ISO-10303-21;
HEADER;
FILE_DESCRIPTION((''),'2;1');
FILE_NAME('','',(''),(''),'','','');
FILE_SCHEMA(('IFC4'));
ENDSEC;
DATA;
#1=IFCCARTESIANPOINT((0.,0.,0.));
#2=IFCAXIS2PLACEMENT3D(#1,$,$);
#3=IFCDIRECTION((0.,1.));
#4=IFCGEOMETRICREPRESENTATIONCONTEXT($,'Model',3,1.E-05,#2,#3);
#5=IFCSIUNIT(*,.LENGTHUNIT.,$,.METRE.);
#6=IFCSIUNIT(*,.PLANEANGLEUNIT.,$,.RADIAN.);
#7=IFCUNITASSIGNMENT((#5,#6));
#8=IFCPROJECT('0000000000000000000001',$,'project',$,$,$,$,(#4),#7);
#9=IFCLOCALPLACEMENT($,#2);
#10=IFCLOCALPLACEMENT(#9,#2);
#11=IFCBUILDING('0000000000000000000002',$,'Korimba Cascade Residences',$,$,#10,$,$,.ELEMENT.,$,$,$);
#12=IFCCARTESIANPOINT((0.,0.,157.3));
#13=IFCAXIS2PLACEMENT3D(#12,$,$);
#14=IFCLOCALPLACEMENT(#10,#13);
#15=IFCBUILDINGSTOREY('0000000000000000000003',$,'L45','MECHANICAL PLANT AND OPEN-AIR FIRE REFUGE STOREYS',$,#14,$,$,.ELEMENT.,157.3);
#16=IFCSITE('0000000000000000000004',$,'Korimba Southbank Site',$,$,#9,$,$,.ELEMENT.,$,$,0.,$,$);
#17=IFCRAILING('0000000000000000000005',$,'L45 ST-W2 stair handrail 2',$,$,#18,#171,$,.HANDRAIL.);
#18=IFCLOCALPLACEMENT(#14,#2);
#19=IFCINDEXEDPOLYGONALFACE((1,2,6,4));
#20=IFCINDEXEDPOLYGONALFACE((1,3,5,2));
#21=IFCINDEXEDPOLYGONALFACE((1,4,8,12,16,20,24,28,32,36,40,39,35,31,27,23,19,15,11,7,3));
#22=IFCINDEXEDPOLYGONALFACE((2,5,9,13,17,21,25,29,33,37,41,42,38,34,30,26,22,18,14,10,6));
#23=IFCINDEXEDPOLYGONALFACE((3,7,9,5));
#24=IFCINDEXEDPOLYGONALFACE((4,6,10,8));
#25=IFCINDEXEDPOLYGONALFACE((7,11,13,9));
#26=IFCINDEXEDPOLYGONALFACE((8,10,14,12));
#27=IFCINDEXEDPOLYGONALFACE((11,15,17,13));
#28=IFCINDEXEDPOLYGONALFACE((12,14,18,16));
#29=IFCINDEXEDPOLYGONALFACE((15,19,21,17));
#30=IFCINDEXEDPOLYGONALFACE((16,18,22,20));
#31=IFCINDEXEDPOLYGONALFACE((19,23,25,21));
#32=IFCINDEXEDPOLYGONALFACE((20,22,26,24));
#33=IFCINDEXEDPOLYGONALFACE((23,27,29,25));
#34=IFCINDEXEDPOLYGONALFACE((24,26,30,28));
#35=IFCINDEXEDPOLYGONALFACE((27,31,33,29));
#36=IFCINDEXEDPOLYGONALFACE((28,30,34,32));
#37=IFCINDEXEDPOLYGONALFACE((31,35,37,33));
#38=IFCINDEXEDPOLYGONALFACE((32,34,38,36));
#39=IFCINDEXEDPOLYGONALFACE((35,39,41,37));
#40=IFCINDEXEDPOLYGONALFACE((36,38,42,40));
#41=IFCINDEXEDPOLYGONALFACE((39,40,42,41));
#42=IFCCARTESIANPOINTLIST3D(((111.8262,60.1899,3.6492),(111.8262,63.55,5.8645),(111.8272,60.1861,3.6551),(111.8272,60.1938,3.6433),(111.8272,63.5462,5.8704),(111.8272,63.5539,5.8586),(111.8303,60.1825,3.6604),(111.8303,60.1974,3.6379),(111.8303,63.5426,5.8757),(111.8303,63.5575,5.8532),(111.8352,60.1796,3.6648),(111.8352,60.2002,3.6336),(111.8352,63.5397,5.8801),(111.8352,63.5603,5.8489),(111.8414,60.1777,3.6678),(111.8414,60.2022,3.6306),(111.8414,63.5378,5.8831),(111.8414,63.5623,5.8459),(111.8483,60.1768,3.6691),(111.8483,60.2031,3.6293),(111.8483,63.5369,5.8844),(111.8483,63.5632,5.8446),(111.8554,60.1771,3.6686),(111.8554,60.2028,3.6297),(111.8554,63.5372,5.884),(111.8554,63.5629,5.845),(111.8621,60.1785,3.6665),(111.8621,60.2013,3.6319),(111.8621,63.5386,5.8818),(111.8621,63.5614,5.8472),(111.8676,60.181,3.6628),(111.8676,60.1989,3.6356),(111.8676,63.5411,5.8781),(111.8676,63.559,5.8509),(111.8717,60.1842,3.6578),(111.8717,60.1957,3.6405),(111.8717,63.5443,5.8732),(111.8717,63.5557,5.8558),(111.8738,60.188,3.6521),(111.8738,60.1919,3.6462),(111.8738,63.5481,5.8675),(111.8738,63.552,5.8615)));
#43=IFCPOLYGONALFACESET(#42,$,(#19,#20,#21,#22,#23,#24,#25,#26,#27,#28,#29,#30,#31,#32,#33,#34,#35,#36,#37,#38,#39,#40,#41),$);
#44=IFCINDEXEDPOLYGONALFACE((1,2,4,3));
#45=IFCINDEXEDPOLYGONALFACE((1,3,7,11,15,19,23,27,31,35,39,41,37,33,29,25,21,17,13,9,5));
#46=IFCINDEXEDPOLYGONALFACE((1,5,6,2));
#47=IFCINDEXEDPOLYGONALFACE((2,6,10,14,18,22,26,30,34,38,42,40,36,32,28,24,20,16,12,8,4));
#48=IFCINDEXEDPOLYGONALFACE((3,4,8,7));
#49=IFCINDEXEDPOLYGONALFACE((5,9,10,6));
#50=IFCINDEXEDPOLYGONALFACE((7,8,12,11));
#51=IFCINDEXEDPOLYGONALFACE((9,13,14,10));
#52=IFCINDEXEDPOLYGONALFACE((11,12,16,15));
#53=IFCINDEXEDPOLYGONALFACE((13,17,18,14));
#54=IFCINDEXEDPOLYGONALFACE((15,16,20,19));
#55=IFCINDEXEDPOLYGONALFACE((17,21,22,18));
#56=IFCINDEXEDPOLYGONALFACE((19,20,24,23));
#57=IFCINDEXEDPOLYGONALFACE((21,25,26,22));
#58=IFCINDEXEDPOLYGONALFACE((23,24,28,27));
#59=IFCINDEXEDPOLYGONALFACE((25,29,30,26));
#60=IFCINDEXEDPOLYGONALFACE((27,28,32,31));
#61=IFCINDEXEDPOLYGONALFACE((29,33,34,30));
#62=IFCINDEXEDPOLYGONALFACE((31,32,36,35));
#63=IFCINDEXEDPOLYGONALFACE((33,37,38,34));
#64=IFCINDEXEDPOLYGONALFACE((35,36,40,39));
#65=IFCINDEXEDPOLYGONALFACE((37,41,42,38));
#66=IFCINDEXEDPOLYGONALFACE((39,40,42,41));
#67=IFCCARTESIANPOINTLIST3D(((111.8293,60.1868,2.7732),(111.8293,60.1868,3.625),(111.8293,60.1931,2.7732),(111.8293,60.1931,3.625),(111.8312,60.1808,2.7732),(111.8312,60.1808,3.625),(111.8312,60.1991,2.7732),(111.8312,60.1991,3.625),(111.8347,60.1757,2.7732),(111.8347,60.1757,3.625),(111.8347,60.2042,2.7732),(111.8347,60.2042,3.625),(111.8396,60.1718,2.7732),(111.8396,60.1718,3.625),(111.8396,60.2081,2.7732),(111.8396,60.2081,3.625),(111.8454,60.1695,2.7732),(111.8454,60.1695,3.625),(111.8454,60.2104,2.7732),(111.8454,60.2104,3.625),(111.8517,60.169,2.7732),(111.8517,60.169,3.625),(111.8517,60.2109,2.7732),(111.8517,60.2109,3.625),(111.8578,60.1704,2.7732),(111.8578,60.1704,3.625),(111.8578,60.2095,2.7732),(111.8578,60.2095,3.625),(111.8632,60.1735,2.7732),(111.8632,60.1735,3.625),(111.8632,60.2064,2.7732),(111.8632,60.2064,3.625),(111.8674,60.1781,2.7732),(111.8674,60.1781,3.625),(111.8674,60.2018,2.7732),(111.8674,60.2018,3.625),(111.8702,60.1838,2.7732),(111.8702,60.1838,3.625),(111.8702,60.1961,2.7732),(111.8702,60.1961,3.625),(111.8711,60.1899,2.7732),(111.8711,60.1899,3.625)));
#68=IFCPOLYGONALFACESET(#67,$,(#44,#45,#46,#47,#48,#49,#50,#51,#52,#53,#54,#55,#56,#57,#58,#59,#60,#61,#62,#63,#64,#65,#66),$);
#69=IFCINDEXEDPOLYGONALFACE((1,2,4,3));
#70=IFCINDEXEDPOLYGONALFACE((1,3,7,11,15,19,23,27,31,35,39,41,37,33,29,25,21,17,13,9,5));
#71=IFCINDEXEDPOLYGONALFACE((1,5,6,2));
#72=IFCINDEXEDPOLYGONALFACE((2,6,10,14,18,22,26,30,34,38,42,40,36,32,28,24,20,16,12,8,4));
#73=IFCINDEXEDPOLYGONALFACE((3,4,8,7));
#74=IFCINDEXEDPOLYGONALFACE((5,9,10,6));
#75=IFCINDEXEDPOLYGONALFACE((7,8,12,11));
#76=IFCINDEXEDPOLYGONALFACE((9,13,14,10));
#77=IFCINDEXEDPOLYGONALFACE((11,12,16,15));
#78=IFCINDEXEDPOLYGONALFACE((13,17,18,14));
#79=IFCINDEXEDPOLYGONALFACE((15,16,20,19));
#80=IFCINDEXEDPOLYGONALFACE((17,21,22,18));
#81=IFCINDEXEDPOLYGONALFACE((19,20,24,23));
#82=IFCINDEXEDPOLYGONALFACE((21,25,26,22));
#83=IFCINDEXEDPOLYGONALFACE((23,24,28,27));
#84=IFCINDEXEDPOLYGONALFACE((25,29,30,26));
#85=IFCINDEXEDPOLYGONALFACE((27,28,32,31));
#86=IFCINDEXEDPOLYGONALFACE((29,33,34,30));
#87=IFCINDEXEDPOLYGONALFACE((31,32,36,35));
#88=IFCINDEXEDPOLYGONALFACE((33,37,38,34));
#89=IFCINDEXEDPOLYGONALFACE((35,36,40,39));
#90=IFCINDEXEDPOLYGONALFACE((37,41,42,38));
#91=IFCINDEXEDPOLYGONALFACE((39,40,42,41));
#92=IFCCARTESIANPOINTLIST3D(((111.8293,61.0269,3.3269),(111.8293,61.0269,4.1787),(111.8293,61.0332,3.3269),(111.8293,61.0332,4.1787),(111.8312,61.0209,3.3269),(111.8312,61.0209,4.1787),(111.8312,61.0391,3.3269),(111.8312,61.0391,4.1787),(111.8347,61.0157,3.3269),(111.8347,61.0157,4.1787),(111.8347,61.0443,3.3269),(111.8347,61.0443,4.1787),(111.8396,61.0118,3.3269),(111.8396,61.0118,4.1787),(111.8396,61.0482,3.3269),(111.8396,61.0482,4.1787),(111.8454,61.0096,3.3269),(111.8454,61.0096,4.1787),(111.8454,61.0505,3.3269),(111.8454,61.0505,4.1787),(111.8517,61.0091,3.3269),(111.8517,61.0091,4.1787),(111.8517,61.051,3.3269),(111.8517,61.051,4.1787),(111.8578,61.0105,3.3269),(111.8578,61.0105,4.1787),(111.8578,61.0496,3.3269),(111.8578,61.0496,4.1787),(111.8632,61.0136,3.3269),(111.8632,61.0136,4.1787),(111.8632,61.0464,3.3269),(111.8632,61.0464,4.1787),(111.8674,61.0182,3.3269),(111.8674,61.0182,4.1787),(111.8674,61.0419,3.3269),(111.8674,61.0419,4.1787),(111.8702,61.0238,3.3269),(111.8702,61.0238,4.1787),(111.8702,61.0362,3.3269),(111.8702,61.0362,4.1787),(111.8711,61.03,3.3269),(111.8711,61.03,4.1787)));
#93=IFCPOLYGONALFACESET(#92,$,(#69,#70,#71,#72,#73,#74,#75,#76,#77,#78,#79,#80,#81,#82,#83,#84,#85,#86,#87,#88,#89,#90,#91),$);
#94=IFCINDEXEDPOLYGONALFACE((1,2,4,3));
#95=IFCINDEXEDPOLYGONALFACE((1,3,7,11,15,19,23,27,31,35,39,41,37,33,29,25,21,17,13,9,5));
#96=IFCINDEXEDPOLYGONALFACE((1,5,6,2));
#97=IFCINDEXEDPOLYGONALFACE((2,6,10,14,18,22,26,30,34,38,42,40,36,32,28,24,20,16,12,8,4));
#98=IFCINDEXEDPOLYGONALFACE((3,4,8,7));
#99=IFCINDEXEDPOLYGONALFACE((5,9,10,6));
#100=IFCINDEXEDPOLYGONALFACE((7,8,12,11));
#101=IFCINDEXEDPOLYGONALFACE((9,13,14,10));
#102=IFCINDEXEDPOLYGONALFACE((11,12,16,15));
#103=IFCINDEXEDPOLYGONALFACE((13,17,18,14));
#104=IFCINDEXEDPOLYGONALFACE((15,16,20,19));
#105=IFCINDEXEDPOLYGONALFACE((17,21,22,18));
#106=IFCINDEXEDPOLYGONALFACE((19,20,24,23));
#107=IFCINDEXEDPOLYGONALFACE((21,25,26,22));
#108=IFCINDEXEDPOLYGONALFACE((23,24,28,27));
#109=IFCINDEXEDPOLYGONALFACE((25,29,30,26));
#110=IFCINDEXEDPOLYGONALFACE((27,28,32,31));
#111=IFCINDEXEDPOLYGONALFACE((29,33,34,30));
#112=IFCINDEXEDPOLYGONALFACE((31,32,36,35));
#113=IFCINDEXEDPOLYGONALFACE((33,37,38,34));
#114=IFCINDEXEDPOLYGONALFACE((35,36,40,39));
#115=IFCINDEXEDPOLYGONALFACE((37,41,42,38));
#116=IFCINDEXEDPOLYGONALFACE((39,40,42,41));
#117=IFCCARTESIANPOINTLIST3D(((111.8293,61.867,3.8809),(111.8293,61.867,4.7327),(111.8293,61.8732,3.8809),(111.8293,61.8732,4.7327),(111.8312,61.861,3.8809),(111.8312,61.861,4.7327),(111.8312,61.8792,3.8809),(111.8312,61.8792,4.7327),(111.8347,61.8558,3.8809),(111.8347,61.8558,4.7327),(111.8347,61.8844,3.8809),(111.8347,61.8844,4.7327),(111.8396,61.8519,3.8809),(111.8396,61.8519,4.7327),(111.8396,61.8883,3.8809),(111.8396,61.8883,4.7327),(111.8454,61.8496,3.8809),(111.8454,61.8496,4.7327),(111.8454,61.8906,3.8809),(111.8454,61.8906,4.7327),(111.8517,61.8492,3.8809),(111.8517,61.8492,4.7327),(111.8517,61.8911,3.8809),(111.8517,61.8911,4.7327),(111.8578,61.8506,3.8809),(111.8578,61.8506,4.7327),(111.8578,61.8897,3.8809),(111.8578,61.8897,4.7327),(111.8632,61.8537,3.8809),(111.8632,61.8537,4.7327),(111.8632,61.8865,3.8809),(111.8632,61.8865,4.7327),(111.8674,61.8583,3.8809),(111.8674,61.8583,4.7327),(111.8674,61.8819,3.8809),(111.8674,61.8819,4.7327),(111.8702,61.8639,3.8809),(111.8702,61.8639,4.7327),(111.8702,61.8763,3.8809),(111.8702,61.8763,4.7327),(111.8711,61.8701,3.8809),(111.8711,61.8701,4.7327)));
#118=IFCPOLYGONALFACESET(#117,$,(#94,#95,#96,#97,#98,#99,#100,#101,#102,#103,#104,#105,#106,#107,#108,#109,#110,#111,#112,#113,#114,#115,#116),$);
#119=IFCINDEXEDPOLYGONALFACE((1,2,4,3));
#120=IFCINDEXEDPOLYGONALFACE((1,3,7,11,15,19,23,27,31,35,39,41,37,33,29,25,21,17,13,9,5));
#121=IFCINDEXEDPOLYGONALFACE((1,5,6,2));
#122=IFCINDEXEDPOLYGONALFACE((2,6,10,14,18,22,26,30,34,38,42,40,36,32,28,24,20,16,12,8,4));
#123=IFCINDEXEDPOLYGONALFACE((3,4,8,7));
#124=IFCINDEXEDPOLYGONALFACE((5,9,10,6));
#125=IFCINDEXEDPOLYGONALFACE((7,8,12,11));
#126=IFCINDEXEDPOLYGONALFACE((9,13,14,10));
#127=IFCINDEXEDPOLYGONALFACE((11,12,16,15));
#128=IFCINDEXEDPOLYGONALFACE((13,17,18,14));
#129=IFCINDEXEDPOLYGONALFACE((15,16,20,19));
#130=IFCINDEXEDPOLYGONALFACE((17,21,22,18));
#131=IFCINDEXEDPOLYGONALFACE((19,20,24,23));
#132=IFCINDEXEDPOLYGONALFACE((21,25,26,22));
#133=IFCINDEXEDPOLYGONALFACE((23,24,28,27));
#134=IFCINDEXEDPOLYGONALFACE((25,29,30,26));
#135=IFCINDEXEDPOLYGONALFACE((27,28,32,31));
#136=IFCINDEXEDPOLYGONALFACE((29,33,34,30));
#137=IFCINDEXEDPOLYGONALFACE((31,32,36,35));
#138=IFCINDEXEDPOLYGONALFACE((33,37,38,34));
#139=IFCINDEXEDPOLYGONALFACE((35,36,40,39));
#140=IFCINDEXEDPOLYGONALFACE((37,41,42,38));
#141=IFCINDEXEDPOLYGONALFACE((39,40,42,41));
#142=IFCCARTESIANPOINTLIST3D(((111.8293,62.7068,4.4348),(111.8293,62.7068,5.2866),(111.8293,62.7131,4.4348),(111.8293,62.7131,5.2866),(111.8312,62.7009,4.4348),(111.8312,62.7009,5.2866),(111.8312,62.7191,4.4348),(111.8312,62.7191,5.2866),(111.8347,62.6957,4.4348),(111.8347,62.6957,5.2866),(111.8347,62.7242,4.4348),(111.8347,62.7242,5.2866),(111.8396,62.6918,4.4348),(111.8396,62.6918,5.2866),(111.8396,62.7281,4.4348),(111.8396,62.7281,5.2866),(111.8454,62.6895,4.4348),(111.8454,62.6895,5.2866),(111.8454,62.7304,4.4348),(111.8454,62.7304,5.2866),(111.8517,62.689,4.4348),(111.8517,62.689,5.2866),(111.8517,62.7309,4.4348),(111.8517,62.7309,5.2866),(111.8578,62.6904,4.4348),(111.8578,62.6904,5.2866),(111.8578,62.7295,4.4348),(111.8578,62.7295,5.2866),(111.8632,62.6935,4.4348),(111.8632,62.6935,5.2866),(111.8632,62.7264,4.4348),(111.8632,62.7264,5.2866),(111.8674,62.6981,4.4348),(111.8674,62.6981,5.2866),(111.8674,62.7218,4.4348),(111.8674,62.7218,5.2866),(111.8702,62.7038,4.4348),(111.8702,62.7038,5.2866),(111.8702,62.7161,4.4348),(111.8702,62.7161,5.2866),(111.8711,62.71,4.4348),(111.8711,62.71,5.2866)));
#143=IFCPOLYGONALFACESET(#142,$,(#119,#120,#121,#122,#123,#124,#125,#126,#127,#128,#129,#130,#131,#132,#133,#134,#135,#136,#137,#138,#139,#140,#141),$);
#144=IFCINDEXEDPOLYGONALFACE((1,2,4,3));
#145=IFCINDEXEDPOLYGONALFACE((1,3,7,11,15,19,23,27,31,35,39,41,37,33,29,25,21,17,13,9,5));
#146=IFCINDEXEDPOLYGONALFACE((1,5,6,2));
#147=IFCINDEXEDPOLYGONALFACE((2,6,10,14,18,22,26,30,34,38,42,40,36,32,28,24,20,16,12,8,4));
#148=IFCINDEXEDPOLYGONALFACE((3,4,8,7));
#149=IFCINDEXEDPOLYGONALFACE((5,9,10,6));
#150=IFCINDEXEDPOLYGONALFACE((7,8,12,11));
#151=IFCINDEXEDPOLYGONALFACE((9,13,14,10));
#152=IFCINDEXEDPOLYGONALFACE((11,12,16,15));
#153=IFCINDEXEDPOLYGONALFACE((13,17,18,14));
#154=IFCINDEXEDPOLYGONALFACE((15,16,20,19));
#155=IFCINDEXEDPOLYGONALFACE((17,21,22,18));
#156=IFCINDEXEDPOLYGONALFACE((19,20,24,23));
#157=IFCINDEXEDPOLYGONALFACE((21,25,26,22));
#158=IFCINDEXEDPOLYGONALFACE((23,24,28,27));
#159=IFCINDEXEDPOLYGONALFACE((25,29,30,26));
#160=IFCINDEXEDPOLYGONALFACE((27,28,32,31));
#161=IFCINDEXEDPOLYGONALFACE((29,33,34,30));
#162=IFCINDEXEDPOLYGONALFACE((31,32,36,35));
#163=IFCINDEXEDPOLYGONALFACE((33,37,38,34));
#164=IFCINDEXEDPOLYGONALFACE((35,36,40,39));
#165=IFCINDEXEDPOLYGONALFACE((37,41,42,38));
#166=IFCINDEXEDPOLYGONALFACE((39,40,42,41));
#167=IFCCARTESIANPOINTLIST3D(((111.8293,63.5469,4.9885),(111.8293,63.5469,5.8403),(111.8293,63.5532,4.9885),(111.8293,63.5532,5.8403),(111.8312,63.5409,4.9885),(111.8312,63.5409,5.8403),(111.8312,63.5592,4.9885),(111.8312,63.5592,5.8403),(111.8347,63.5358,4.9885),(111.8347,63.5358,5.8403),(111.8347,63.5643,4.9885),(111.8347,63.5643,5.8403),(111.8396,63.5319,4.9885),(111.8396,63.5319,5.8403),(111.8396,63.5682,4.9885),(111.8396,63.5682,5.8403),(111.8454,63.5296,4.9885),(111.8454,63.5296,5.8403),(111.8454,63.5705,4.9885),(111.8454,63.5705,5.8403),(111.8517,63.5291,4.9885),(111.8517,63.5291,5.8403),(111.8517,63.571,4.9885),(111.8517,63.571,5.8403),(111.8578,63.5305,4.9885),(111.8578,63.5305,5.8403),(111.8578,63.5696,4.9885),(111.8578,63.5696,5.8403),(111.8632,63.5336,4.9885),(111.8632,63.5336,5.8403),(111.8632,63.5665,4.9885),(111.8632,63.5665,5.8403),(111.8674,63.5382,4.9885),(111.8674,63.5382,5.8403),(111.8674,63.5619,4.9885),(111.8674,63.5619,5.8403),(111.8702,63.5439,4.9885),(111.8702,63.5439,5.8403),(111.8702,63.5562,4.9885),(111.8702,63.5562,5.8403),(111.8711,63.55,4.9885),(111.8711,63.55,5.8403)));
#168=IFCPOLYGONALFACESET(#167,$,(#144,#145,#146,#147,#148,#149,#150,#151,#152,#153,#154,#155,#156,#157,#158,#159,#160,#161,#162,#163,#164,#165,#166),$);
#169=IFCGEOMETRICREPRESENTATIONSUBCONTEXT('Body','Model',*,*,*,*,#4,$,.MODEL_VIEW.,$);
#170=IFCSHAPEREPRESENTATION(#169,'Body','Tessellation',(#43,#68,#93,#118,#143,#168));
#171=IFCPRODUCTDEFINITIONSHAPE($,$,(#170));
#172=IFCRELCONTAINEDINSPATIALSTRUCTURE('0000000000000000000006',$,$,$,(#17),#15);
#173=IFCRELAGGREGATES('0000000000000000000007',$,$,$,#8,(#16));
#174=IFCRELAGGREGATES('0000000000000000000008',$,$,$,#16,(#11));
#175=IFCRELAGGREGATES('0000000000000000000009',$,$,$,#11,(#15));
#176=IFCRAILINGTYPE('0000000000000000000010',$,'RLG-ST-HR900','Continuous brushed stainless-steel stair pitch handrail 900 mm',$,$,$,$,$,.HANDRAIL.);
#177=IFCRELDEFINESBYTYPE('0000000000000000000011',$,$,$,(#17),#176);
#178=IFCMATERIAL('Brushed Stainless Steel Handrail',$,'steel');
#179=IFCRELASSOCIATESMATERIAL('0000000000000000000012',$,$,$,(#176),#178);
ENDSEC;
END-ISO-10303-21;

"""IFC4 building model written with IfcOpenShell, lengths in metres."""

from ifc_helpers import new_model, si_unit, direction, frame, origin, origin_2d, place, context, subcontext, project, spatial, circle, extrude, material, type_object, element, save


model = new_model("IFC4")

# Units and contexts
model_context = context("Model", 3, precision=1e-05, world=origin(), true_north=direction((0.0, 1.0)))
body_context = subcontext(model_context, "Body", "Model", "MODEL_VIEW")
ifc_project = project(units=[si_unit("LENGTHUNIT", "METRE"), si_unit("PLANEANGLEUNIT", "RADIAN")], contexts=[model_context])

# Site, building, storey
site_placement = place(None, origin())
site = spatial("IfcSite", under=ifc_project, at=site_placement, Name="Korimba Southbank Site", CompositionType="ELEMENT", RefElevation=0.0)
building_placement = place(site_placement, origin())
building = spatial("IfcBuilding", under=site, at=building_placement, Name="Korimba Cascade Residences", CompositionType="ELEMENT")
storey_placement = place(building_placement, frame((0.0, 0.0, 157.3)))
storey = spatial("IfcBuildingStorey", under=building, at=storey_placement, Name="L45", Description="MECHANICAL PLANT AND OPEN-AIR FIRE REFUGE STOREYS", CompositionType="ELEMENT", Elevation=157.3)

# Railing
ifc_material_1 = material(Name="Brushed Stainless Steel Handrail", Category="steel")
railing_type_1 = type_object("IfcRailingType", Name="RLG-ST-HR900", Description="Continuous brushed stainless-steel stair pitch handrail 900 mm", PredefinedType="HANDRAIL", material=ifc_material_1)
railing_1_placement = place(storey_placement, frame((111.8501, 60.1899, 2.7732)))
element("IfcRailing", 1, at=railing_1_placement, inside=storey, type_object=railing_type_1, Name="L45 ST-W2 stair handrail 2", PredefinedType="HANDRAIL", context=body_context, shape_type="SweptSolid", body=[
    extrude(circle(Radius=0.0239, at=origin_2d()), frame((0.0, 0.0, 0.876), z_axis=(0.0, 0.834876, 0.550437), x_axis=(-1.0, 0.0, 0.0)), (0.0, 0.0, 1.0), 4.0247),
    extrude(circle(Radius=0.021, at=origin_2d()), origin(), (0.0, 0.0, 1.0), 0.8518),
    extrude(circle(Radius=0.021, at=origin_2d()), frame((0.0, 0.8401, 0.5537)), (0.0, 0.0, 1.0), 0.8518),
    extrude(circle(Radius=0.021, at=origin_2d()), frame((0.0, 1.6802, 1.1077)), (0.0, 0.0, 1.0), 0.8518),
    extrude(circle(Radius=0.021, at=origin_2d()), frame((0.0, 2.52, 1.6616)), (0.0, 0.0, 1.0), 0.8518),
    extrude(circle(Radius=0.021, at=origin_2d()), frame((0.0, 3.3601, 2.2153)), (0.0, 0.0, 1.0), 0.8518),
])

save(model, "model.ifc")
